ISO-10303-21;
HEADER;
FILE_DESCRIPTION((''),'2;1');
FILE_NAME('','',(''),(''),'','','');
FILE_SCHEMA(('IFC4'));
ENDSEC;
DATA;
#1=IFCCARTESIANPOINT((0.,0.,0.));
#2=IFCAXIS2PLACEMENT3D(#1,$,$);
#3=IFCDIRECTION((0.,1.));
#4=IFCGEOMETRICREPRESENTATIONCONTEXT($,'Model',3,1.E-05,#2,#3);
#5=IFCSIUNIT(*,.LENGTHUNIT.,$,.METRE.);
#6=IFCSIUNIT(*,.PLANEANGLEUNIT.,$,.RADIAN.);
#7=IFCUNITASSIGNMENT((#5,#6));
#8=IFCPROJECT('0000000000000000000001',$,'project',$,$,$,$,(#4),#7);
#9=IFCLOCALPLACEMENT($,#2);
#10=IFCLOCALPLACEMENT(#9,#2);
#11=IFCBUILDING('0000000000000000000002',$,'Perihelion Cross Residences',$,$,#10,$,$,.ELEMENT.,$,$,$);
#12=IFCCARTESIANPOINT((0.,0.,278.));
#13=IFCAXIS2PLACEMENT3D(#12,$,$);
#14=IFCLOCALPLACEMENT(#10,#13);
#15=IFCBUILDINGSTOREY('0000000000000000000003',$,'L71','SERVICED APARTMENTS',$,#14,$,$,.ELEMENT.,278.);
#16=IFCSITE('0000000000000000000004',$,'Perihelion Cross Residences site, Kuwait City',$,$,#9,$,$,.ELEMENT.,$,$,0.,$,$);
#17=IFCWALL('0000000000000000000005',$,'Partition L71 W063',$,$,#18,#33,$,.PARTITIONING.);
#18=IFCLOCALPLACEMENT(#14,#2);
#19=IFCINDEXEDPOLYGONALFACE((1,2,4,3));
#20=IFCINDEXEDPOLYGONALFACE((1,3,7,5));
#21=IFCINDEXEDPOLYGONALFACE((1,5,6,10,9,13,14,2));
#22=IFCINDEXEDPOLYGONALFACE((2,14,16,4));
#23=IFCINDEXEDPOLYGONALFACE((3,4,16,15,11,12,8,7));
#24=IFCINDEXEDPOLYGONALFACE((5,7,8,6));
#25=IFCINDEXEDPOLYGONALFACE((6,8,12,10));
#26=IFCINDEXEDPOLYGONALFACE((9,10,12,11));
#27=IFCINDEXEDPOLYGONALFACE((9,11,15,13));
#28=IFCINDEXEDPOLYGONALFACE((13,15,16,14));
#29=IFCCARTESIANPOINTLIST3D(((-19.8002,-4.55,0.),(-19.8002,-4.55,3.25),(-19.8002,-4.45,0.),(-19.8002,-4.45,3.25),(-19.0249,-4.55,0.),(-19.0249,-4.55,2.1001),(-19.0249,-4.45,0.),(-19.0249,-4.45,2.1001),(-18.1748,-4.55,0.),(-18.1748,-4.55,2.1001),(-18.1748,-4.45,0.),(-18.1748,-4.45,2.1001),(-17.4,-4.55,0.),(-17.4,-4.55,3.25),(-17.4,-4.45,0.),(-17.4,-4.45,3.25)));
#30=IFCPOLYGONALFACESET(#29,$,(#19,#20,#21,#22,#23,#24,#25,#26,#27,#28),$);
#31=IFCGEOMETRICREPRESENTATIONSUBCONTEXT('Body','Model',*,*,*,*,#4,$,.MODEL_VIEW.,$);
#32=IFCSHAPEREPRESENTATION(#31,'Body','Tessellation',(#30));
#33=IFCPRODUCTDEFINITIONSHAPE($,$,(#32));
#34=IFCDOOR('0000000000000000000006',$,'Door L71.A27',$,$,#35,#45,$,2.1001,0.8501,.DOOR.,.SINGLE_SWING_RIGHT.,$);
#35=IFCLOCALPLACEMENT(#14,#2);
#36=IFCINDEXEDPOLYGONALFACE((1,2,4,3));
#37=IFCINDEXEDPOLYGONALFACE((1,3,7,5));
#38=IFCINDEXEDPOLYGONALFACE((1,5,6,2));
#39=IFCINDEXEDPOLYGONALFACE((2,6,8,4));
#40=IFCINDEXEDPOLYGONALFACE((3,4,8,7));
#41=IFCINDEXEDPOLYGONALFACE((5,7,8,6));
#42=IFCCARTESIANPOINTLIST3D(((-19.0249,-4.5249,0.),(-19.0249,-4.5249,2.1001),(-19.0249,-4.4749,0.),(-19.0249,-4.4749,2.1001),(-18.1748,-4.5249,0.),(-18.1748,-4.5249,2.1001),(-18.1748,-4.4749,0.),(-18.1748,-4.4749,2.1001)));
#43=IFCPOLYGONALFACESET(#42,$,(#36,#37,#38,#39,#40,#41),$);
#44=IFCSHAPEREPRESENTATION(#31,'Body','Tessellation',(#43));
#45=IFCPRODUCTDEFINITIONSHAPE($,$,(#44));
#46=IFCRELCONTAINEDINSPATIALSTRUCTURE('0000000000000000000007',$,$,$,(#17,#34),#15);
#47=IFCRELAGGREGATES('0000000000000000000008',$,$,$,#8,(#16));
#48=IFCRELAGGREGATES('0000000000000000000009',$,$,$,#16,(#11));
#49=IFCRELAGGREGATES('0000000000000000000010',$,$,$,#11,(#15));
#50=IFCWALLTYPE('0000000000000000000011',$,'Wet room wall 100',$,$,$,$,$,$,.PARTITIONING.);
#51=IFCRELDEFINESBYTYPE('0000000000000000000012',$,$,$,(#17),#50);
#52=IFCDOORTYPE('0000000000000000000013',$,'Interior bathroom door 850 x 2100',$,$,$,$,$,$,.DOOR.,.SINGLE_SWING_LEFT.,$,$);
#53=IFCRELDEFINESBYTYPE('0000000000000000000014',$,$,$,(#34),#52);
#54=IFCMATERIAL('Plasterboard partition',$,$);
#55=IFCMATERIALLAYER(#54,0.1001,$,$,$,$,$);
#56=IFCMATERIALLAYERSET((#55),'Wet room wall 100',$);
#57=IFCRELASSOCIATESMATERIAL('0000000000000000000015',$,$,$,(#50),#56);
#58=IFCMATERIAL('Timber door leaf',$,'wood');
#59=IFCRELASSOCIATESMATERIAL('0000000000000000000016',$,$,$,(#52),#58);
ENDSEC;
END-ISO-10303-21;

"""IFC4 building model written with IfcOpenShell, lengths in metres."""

from ifc_helpers import new_model, si_unit, direction, frame, frame_2d, origin, place, context, subcontext, project, spatial, rectangle, extrude, material, layer, layer_set, type_object, element, fill, save


model = new_model("IFC4")

# Units and contexts
model_context = context("Model", 3, precision=1e-05, world=origin(), true_north=direction((0.0, 1.0)))
body_context = subcontext(model_context, "Body", "Model", "MODEL_VIEW")
ifc_project = project(units=[si_unit("LENGTHUNIT", "METRE"), si_unit("PLANEANGLEUNIT", "RADIAN")], contexts=[model_context])

# Site, building, storey
site_placement = place(None, origin())
site = spatial("IfcSite", under=ifc_project, at=site_placement, Name="Perihelion Cross Residences site, Kuwait City", CompositionType="ELEMENT", RefElevation=0.0)
building_placement = place(site_placement, origin())
building = spatial("IfcBuilding", under=site, at=building_placement, Name="Perihelion Cross Residences", CompositionType="ELEMENT")
storey_placement = place(building_placement, frame((0.0, 0.0, 278.0)))
storey = spatial("IfcBuildingStorey", under=building, at=storey_placement, Name="L71", Description="SERVICED APARTMENTS", CompositionType="ELEMENT", Elevation=278.0)

# Shared definitions
ifc_material_1 = material(Name="Plasterboard partition")
ifc_layer_1 = layer(ifc_material_1, 0.1001)
ifc_layer_set_1 = layer_set([ifc_layer_1], Name="Wet room wall 100")
wall_type_1 = type_object("IfcWallType", Name="Wet room wall 100", PredefinedType="PARTITIONING", material=ifc_layer_set_1)

# Wall, opening, door
wall_1_placement = place(storey_placement, frame((-17.3999, -4.5, 0.0), z_axis=(0.0, 0.0, 1.0), x_axis=(-1.0, 0.0, 0.0)))
wall_1 = element("IfcWall", 1, at=wall_1_placement, inside=storey, type_object=wall_type_1, Name="Partition L71 W063", PredefinedType="PARTITIONING", context=body_context, shape_type="SweptSolid", body=[
    extrude(rectangle(XDim=2.4001, YDim=0.1001, at=frame_2d((1.2002, 0.0))), origin(), (0.0, 0.0, 1.0), 3.25),
])
opening_1_placement = place(wall_1_placement, frame((0.7749, 0.0, 0.0)))
opening_1 = element("IfcOpeningElement", 2, at=opening_1_placement, cuts=wall_1, PredefinedType="OPENING", context=body_context, shape_type="SweptSolid", body=[
    extrude(rectangle(XDim=0.8501, YDim=2.1001, at=frame_2d((0.425, 1.05))), frame((0.0, 0.0601, 0.0), z_axis=(0.0, -1.0, 0.0), x_axis=(1.0, 0.0, 0.0)), (0.0, 0.0, 1.0), 0.1201),
])
ifc_material_2 = material(Name="Timber door leaf", Category="wood")
door_type_1 = type_object("IfcDoorType", Name="Interior bathroom door 850 x 2100", OperationType="SINGLE_SWING_LEFT", PredefinedType="DOOR", material=ifc_material_2)
door_1_placement = place(opening_1_placement, origin())
door_1 = element("IfcDoor", 3, at=door_1_placement, inside=storey, type_object=door_type_1, Name="Door L71.A27", OperationType="SINGLE_SWING_RIGHT", OverallHeight=2.1001, OverallWidth=0.8501, PredefinedType="DOOR", context=body_context, shape_type="SweptSolid", body=[
    extrude(rectangle(XDim=0.8501, YDim=2.1001, at=frame_2d((0.425, 1.05))), frame((0.0, 0.0249, 0.0), z_axis=(0.0, -1.0, 0.0), x_axis=(1.0, 0.0, 0.0)), (0.0, 0.0, 1.0), 0.05),
])
fill(opening_1, door_1)

save(model, "model.ifc")
